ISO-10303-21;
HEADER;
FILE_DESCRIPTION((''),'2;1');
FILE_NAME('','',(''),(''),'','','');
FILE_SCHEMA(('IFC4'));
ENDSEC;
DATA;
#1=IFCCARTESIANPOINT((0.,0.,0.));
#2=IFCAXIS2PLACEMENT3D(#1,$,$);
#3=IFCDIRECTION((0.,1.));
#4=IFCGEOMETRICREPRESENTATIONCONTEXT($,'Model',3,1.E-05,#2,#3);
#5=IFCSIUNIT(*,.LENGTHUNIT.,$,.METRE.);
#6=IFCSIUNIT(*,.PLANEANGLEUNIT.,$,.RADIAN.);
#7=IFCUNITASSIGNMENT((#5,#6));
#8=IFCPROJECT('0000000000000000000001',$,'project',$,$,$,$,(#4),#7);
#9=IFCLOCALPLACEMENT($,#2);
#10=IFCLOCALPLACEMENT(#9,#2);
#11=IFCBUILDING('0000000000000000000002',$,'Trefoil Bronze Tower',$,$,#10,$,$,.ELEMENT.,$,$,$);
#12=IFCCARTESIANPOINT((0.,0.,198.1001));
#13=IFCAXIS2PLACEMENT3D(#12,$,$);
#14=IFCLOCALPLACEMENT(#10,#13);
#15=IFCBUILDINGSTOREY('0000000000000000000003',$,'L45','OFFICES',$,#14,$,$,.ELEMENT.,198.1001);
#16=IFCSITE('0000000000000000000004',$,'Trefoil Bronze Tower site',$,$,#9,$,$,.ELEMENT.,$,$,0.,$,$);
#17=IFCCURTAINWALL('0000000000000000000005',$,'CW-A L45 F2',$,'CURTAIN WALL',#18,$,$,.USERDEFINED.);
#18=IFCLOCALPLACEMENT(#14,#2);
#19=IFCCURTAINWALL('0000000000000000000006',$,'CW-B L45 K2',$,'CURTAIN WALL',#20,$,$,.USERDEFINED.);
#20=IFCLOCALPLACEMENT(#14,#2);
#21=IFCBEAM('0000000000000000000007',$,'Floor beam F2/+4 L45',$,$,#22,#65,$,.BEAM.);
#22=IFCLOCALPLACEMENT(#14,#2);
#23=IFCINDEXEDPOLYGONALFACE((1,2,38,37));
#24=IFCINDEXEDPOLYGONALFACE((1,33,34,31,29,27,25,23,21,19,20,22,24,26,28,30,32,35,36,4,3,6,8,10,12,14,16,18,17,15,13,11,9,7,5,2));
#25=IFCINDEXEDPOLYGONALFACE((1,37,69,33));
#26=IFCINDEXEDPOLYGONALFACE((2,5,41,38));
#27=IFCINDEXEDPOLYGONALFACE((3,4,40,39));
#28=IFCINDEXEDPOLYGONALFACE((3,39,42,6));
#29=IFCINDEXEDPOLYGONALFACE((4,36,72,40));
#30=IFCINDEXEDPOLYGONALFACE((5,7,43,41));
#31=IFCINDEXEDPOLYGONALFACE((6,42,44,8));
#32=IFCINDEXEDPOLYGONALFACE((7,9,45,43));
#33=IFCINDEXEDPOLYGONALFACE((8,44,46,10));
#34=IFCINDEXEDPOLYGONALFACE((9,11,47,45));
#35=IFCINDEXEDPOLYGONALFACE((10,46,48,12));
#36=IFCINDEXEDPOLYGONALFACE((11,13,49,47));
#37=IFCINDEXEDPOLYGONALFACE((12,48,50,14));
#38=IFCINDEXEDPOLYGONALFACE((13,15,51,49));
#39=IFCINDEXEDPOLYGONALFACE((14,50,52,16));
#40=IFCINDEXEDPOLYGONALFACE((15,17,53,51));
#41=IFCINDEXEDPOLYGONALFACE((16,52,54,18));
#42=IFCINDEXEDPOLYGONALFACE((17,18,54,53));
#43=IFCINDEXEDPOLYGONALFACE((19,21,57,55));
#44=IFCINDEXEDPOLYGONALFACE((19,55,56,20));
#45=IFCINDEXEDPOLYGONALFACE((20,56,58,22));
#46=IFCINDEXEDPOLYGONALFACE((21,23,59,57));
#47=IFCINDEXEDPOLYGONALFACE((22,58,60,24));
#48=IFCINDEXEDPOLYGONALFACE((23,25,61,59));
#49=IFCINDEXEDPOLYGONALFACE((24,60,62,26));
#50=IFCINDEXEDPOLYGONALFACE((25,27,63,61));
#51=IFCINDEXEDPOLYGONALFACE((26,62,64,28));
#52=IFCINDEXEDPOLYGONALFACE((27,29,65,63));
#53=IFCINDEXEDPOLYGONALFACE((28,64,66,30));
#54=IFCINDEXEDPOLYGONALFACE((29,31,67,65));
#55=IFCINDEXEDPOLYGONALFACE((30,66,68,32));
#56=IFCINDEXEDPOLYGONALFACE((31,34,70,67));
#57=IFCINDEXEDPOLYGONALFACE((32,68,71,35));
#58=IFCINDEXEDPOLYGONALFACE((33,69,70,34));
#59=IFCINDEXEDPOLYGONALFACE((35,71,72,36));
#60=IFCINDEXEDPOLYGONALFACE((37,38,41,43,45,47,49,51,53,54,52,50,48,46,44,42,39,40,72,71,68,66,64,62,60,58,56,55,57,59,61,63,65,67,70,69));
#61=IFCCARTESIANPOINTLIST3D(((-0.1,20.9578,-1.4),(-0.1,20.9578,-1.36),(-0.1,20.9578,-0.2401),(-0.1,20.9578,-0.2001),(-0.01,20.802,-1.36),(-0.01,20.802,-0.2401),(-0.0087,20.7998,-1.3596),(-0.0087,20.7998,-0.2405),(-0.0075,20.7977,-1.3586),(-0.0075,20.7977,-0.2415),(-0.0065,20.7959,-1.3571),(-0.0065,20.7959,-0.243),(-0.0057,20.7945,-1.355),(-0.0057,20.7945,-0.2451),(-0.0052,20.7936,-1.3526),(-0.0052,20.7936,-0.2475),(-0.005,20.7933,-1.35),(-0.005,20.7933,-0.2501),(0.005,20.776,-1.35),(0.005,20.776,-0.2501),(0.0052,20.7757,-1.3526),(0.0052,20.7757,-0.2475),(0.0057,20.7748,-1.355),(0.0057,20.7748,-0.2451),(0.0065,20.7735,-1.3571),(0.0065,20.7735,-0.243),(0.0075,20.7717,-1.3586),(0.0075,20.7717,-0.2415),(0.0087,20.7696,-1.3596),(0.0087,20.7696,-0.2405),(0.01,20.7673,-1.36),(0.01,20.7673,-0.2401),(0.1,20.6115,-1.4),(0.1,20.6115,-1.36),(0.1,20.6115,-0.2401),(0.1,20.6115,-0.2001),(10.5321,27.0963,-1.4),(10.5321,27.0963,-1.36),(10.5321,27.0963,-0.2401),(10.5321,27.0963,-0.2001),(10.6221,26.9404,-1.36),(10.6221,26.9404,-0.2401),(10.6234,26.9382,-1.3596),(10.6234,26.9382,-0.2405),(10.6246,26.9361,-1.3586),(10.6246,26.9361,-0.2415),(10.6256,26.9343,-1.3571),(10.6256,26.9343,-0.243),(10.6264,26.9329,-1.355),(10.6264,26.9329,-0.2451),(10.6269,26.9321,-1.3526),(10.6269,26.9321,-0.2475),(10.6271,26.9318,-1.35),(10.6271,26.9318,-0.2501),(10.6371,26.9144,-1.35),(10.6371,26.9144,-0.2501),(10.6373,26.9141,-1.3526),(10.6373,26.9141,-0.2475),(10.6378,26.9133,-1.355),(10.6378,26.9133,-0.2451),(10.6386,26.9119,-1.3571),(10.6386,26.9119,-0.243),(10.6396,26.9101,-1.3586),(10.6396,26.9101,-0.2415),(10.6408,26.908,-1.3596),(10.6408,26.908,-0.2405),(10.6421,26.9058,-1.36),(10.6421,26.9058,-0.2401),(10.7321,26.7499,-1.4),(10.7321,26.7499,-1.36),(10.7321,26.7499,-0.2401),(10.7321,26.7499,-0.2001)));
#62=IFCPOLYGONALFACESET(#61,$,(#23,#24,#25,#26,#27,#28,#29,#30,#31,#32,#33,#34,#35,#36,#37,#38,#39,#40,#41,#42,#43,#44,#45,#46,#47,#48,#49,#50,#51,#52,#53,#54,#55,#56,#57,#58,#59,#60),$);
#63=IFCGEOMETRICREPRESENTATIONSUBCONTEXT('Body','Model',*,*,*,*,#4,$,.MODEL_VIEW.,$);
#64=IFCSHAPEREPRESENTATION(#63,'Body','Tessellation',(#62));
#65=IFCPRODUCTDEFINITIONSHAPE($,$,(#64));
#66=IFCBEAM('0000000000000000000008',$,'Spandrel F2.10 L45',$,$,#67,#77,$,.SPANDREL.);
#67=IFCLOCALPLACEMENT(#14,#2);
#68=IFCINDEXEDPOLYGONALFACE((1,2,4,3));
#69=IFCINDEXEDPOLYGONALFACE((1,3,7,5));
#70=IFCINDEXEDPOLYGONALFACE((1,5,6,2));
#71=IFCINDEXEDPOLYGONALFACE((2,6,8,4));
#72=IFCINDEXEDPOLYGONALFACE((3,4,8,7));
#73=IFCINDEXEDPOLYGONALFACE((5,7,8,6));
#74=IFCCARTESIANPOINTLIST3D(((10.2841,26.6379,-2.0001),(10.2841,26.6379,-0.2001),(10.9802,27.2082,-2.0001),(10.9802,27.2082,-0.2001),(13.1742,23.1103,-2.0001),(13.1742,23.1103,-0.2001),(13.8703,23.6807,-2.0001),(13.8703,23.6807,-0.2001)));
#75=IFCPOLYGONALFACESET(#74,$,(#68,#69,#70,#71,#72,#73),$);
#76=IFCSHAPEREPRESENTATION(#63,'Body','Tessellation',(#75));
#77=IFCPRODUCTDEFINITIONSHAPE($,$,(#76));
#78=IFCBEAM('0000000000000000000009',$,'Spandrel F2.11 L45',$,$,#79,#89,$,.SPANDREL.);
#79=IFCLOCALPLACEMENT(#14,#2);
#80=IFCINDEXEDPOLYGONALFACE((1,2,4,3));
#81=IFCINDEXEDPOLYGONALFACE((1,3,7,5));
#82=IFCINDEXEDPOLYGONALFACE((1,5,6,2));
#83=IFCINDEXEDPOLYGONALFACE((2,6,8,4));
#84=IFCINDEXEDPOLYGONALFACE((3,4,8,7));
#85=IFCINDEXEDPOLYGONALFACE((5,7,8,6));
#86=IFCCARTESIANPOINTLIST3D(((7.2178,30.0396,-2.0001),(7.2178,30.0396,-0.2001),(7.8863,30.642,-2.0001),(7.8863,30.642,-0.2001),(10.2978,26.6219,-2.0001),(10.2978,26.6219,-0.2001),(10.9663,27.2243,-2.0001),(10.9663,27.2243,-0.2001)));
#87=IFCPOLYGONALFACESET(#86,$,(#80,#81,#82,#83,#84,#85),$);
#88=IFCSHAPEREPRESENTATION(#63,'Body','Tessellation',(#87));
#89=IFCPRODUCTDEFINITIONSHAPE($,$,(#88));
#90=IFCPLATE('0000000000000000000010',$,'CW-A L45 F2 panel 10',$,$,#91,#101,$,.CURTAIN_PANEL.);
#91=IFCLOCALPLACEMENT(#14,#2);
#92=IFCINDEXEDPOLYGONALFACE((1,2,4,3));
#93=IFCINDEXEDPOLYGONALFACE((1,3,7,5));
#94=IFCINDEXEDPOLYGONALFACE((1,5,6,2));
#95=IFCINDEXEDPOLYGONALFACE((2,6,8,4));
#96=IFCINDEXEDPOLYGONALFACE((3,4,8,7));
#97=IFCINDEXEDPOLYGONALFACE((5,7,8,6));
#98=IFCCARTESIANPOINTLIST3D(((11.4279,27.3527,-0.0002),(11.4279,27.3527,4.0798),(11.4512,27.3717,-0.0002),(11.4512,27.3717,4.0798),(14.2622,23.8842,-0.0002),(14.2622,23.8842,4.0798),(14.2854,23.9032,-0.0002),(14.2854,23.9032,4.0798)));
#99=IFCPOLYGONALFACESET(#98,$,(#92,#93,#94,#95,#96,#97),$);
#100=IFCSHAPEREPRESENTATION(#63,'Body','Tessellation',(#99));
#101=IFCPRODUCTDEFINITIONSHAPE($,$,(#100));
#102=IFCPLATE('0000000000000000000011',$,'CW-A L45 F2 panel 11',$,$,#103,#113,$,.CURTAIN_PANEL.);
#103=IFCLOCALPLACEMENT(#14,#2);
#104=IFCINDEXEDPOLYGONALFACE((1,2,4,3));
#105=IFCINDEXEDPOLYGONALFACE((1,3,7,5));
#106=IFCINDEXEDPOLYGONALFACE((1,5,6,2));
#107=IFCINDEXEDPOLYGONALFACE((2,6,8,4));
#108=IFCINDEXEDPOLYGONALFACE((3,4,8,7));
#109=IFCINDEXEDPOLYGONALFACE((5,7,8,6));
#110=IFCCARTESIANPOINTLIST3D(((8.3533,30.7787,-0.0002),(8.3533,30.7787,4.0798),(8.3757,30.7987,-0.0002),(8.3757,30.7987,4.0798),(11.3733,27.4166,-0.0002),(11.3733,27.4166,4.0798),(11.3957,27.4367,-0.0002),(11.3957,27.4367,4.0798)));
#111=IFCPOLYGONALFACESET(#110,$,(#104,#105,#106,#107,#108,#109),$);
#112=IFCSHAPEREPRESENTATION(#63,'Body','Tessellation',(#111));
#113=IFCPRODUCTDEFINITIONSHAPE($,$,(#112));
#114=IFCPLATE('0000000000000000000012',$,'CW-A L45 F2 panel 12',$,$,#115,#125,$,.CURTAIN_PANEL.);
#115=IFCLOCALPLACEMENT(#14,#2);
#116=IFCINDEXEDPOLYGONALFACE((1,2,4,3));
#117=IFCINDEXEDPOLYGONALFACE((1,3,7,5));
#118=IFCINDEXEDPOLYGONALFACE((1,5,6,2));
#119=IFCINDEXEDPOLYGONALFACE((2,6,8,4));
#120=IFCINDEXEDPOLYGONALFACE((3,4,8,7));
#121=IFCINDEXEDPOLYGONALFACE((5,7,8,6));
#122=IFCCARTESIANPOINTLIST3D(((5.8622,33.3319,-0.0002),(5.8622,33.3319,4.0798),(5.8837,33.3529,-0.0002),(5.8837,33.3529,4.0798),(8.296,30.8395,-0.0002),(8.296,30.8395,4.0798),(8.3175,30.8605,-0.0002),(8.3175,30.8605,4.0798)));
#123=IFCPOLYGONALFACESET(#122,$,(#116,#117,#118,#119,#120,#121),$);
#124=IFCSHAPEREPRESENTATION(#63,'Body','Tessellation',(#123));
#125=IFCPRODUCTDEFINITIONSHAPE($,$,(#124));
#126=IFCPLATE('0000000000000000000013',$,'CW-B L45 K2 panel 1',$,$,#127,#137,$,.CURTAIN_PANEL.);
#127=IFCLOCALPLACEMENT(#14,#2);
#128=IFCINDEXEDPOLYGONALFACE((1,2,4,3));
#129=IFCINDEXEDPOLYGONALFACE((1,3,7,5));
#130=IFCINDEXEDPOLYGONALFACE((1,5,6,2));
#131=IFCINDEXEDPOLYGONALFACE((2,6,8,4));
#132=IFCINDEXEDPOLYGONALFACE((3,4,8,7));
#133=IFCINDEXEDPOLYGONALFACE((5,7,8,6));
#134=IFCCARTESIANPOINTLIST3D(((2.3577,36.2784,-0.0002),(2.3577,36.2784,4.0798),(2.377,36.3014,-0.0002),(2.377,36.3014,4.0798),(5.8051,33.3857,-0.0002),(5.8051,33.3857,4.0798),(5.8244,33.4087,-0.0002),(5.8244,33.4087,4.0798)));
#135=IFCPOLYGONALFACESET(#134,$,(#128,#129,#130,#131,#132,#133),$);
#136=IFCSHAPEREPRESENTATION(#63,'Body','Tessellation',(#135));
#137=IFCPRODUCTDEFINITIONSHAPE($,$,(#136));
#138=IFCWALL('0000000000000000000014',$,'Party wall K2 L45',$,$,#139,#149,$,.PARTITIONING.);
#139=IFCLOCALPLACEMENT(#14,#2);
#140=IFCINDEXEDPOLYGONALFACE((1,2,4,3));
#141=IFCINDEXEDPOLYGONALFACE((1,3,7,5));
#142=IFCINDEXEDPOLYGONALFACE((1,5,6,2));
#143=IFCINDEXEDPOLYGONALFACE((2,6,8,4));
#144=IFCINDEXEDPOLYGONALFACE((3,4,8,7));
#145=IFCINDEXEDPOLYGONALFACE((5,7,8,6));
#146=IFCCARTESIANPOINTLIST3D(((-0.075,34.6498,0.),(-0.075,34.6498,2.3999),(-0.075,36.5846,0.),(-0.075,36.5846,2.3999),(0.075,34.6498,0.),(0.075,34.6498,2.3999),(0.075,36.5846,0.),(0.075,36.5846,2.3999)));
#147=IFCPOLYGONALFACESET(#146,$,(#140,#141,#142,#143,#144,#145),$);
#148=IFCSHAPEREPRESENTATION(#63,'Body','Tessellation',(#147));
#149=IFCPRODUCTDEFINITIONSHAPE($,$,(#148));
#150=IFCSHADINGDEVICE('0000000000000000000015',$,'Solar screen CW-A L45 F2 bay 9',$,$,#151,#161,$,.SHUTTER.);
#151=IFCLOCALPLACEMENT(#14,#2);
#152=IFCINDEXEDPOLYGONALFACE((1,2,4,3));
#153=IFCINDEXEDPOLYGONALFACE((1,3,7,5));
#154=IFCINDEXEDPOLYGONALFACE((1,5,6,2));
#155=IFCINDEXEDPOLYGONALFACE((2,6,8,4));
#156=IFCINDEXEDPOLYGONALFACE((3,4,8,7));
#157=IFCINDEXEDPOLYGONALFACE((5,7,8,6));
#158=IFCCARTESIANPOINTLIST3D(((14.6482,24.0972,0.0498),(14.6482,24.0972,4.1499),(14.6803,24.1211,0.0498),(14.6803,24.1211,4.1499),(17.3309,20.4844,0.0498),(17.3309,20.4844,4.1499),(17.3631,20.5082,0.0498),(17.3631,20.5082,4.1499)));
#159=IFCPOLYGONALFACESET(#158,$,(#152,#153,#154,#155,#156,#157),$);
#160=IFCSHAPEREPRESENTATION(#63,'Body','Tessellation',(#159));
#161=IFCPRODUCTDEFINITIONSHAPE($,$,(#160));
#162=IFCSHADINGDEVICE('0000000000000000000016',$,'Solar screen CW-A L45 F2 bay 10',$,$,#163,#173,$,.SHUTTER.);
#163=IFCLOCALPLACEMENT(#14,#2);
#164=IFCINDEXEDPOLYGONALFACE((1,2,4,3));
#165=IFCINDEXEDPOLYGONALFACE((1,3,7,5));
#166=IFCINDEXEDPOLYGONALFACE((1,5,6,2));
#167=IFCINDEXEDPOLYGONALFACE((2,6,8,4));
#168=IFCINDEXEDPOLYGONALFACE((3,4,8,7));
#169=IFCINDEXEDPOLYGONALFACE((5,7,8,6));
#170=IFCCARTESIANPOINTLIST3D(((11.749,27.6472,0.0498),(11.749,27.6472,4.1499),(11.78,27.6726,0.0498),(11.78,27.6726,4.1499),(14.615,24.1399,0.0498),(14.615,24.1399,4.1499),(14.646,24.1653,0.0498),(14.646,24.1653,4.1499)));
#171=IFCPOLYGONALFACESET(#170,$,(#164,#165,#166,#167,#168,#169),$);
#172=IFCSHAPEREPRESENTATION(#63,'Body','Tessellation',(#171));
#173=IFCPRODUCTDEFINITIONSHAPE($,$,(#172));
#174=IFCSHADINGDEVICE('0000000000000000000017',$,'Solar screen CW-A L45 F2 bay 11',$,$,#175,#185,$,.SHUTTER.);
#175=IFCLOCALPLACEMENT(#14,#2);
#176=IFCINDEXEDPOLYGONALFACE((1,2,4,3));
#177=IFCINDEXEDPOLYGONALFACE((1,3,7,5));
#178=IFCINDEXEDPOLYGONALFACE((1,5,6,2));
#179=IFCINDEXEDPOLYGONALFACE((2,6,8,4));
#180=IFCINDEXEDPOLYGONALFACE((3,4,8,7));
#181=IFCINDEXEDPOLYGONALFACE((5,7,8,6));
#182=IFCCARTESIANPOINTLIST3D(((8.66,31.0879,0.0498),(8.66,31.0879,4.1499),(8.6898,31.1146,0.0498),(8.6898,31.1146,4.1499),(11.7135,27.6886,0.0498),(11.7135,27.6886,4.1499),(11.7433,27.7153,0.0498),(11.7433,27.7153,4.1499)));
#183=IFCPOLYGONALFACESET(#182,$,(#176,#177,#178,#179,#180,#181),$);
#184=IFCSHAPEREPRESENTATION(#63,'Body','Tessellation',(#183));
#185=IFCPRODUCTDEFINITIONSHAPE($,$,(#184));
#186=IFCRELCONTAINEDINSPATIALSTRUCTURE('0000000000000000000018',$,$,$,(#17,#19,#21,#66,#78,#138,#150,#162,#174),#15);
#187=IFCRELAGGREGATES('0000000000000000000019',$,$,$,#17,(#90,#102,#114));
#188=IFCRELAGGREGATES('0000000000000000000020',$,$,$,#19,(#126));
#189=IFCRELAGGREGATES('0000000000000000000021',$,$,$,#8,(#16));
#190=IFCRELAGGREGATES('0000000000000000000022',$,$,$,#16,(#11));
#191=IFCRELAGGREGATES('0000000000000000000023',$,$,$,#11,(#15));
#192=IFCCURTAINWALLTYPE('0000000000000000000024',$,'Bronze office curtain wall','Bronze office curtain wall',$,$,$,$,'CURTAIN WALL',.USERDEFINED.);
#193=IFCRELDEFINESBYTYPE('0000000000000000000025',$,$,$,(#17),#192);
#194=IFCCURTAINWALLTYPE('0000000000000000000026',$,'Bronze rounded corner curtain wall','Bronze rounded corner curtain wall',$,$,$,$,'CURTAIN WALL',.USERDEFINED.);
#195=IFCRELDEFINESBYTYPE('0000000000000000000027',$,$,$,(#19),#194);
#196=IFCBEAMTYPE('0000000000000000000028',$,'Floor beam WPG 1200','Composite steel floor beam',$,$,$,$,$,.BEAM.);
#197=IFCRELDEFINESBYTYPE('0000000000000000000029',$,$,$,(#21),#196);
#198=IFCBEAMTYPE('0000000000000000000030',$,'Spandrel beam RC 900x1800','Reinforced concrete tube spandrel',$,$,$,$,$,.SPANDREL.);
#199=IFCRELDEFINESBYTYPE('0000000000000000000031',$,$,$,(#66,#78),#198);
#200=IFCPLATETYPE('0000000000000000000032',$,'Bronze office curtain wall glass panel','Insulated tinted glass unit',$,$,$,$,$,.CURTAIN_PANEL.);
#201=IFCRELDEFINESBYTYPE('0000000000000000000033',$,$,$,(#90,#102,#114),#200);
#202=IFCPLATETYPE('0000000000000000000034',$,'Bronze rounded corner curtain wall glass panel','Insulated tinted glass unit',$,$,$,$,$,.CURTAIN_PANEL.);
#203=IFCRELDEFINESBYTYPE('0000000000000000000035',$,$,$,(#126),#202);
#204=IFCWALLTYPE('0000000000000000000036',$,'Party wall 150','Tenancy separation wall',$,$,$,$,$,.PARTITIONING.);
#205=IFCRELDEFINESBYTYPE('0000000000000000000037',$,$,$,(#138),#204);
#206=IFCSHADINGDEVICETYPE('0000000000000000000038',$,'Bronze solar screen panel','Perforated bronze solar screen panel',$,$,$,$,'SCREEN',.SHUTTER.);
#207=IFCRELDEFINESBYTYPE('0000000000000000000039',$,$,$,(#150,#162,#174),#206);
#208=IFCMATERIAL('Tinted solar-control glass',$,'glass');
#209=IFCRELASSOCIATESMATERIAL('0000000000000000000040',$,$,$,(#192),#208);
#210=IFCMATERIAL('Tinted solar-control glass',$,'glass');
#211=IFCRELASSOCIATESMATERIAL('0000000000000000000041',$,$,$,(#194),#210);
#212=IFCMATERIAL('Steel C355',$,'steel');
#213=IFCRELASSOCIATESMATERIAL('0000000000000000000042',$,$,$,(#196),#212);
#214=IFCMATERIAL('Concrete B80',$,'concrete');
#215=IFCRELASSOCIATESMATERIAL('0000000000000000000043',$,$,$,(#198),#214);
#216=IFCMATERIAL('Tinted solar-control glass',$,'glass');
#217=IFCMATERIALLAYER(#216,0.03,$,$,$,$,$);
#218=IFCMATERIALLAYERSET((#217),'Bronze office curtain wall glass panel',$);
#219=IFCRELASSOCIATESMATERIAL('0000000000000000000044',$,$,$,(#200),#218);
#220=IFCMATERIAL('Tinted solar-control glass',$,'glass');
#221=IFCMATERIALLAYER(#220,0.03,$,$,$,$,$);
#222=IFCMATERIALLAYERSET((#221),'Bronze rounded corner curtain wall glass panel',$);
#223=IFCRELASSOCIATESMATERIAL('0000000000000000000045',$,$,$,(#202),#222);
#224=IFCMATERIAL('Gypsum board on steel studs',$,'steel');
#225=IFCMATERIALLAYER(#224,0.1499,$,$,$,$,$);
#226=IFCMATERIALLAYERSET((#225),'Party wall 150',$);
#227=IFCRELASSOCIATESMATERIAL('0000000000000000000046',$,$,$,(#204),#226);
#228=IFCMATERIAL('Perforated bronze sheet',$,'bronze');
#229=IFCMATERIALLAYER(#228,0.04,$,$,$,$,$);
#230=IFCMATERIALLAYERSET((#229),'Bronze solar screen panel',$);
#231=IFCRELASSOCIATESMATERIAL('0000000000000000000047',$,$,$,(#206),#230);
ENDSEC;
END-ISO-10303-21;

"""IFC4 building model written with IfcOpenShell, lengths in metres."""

from ifc_helpers import new_model, si_unit, direction, frame, frame_2d, origin, origin_2d, place, context, subcontext, project, spatial, rectangle, i_section, extrude, material, layer, layer_set, material_profile, profile_set, type_object, element, aggregate, save


model = new_model("IFC4")

# Units and contexts
model_context = context("Model", 3, precision=1e-05, world=origin(), true_north=direction((0.0, 1.0)))
body_context = subcontext(model_context, "Body", "Model", "MODEL_VIEW")
ifc_project = project(units=[si_unit("LENGTHUNIT", "METRE"), si_unit("PLANEANGLEUNIT", "RADIAN")], contexts=[model_context])

# Site, building, storey
site_placement = place(None, origin())
site = spatial("IfcSite", under=ifc_project, at=site_placement, Name="Trefoil Bronze Tower site", CompositionType="ELEMENT", RefElevation=0.0)
building_placement = place(site_placement, origin())
building = spatial("IfcBuilding", under=site, at=building_placement, Name="Trefoil Bronze Tower", CompositionType="ELEMENT")
storey_placement = place(building_placement, frame((0.0, 0.0, 198.1001)))
storey = spatial("IfcBuildingStorey", under=building, at=storey_placement, Name="L45", Description="OFFICES", CompositionType="ELEMENT", Elevation=198.1001)

# Curtain walls
ifc_material_1 = material(Name="Tinted solar-control glass", Category="glass")
curtain_wall_type_1 = type_object("IfcCurtainWallType", Name="Bronze office curtain wall", Description="Bronze office curtain wall", ElementType="CURTAIN WALL", PredefinedType="USERDEFINED", material=ifc_material_1)
curtain_wall_1_placement = place(storey_placement, origin())
curtain_wall_1 = element("IfcCurtainWall", 1, at=curtain_wall_1_placement, inside=storey, type_object=curtain_wall_type_1, Name="CW-A L45 F2", ObjectType="CURTAIN WALL", PredefinedType="USERDEFINED")
ifc_material_2 = material(Name="Tinted solar-control glass", Category="glass")
curtain_wall_type_2 = type_object("IfcCurtainWallType", Name="Bronze rounded corner curtain wall", Description="Bronze rounded corner curtain wall", ElementType="CURTAIN WALL", PredefinedType="USERDEFINED", material=ifc_material_2)
curtain_wall_2_placement = place(storey_placement, origin())
curtain_wall_2 = element("IfcCurtainWall", 2, at=curtain_wall_2_placement, inside=storey, type_object=curtain_wall_type_2, Name="CW-B L45 K2", ObjectType="CURTAIN WALL", PredefinedType="USERDEFINED")

# Beams
ifc_material_3 = material(Name="Steel C355", Category="steel")
ifc_material_profile_1 = material_profile(ifc_material_3, i_section(OverallWidth=0.3999, OverallDepth=1.2, WebThickness=0.02, FlangeThickness=0.04, FilletRadius=0.01, at=origin_2d()), Name="WPG 1200")
ifc_profile_set_1 = profile_set([ifc_material_profile_1], Name="Steel C355")
beam_type_1 = type_object("IfcBeamType", Name="Floor beam WPG 1200", Description="Composite steel floor beam", PredefinedType="BEAM", material=ifc_profile_set_1)
beam_1_placement = place(storey_placement, frame((10.6321, 26.9231, -0.8), z_axis=(-0.866026, -0.5, 0.0), x_axis=(0.5, -0.866026, 0.0)))
element("IfcBeam", 3, at=beam_1_placement, inside=storey, type_object=beam_type_1, Name="Floor beam F2/+4 L45", PredefinedType="BEAM", context=body_context, shape_type="SweptSolid", body=[
    extrude(i_section(OverallWidth=0.3999, OverallDepth=1.2, WebThickness=0.02, FlangeThickness=0.04, FilletRadius=0.01, at=origin_2d()), origin(), (0.0, 0.0, 1.0), 12.2769),
])
ifc_material_4 = material(Name="Concrete B80", Category="concrete")
ifc_material_profile_2 = material_profile(ifc_material_4, rectangle(XDim=0.8999, YDim=1.8, at=origin_2d()), Name="RC 900x1800")
ifc_profile_set_2 = profile_set([ifc_material_profile_2], Name="Concrete B80")
beam_type_2 = type_object("IfcBeamType", Name="Spandrel beam RC 900x1800", Description="Reinforced concrete tube spandrel", PredefinedType="SPANDREL", material=ifc_profile_set_2)
beam_2_placement = place(storey_placement, frame((13.5222, 23.3955, -1.1001), z_axis=(-0.633754, 0.773535, 0.0), x_axis=(-0.773535, -0.633754, 0.0)))
element("IfcBeam", 4, at=beam_2_placement, inside=storey, type_object=beam_type_2, Name="Spandrel F2.10 L45", PredefinedType="SPANDREL", context=body_context, shape_type="SweptSolid", body=[
    extrude(rectangle(XDim=0.8999, YDim=1.8, at=origin_2d()), origin(), (0.0, 0.0, 1.0), 4.5603),
])
beam_3_placement = place(storey_placement, frame((10.6321, 26.9231, -1.1001), z_axis=(-0.66946, 0.742848, 0.0), x_axis=(-0.742848, -0.66946, 0.0)))
element("IfcBeam", 5, at=beam_3_placement, inside=storey, type_object=beam_type_2, Name="Spandrel F2.11 L45", PredefinedType="SPANDREL", context=body_context, shape_type="SweptSolid", body=[
    extrude(rectangle(XDim=0.8999, YDim=1.8, at=origin_2d()), origin(), (0.0, 0.0, 1.0), 4.6008),
])

# Plates
ifc_material_5 = material(Name="Tinted solar-control glass", Category="glass")
ifc_layer_1 = layer(ifc_material_5, 0.03)
ifc_layer_set_1 = layer_set([ifc_layer_1], Name="Bronze office curtain wall glass panel")
plate_type_1 = type_object("IfcPlateType", Name="Bronze office curtain wall glass panel", Description="Insulated tinted glass unit", PredefinedType="CURTAIN_PANEL", material=ifc_layer_set_1)
plate_1_placement = place(storey_placement, frame((12.8567, 25.6279, -0.0002), z_axis=(0.0, 0.0, 1.0), x_axis=(-0.632753, 0.774354, 0.0)))
plate_1 = element("IfcPlate", 6, at=plate_1_placement, type_object=plate_type_1, Name="CW-A L45 F2 panel 10", PredefinedType="CURTAIN_PANEL", context=body_context, shape_type="SweptSolid", body=[
    extrude(rectangle(XDim=4.4792, YDim=0.03, at=origin_2d()), origin(), (0.0, 0.0, 1.0), 4.0801),
])
plate_2_placement = place(storey_placement, frame((9.8745, 29.1077, -0.0002), z_axis=(0.0, 0.0, 1.0), x_axis=(-0.668246, 0.743941, 0.0)))
plate_2 = element("IfcPlate", 7, at=plate_2_placement, type_object=plate_type_1, Name="CW-A L45 F2 panel 11", PredefinedType="CURTAIN_PANEL", context=body_context, shape_type="SweptSolid", body=[
    extrude(rectangle(XDim=4.5193, YDim=0.03, at=origin_2d()), origin(), (0.0, 0.0, 1.0), 4.0801),
])
plate_3_placement = place(storey_placement, frame((7.0898, 32.0962, -0.0002), z_axis=(0.0, 0.0, 1.0), x_axis=(-0.698652, 0.715462, 0.0)))
plate_3 = element("IfcPlate", 8, at=plate_3_placement, type_object=plate_type_1, Name="CW-A L45 F2 panel 12", PredefinedType="CURTAIN_PANEL", context=body_context, shape_type="SweptSolid", body=[
    extrude(rectangle(XDim=3.4836, YDim=0.03, at=origin_2d()), origin(), (0.0, 0.0, 1.0), 4.0801),
])
aggregate(curtain_wall_1, [plate_1, plate_2, plate_3])
ifc_material_6 = material(Name="Tinted solar-control glass", Category="glass")
ifc_layer_2 = layer(ifc_material_6, 0.03)
ifc_layer_set_2 = layer_set([ifc_layer_2], Name="Bronze rounded corner curtain wall glass panel")
plate_type_2 = type_object("IfcPlateType", Name="Bronze rounded corner curtain wall glass panel", Description="Insulated tinted glass unit", PredefinedType="CURTAIN_PANEL", material=ifc_layer_set_2)
plate_4_placement = place(storey_placement, frame((4.0911, 34.8435, -0.0002), z_axis=(0.0, 0.0, 1.0), x_axis=(-0.766044, 0.642788, 0.0)))
plate_4 = element("IfcPlate", 9, at=plate_4_placement, type_object=plate_type_2, Name="CW-B L45 K2 panel 1", PredefinedType="CURTAIN_PANEL", context=body_context, shape_type="SweptSolid", body=[
    extrude(rectangle(XDim=4.5002, YDim=0.03, at=origin_2d()), origin(), (0.0, 0.0, 1.0), 4.0801),
])
aggregate(curtain_wall_2, [plate_4])

# Wall
ifc_material_7 = material(Name="Gypsum board on steel studs", Category="steel")
ifc_layer_3 = layer(ifc_material_7, 0.1499)
ifc_layer_set_3 = layer_set([ifc_layer_3], Name="Party wall 150")
wall_type = type_object("IfcWallType", Name="Party wall 150", Description="Tenancy separation wall", PredefinedType="PARTITIONING", material=ifc_layer_set_3)
wall_placement = place(storey_placement, frame((0.0, 34.6499, 0.0), z_axis=(0.0, 0.0, 1.0), x_axis=(0.0, 1.0, 0.0)))
element("IfcWall", 10, at=wall_placement, inside=storey, type_object=wall_type, Name="Party wall K2 L45", PredefinedType="PARTITIONING", context=body_context, shape_type="SweptSolid", body=[
    extrude(rectangle(XDim=1.9348, YDim=0.1499, at=frame_2d((0.9673, 0.0))), origin(), (0.0, 0.0, 1.0), 2.3999),
])

# Shading devices
ifc_material_8 = material(Name="Perforated bronze sheet", Category="bronze")
ifc_layer_4 = layer(ifc_material_8, 0.04)
ifc_layer_set_4 = layer_set([ifc_layer_4], Name="Bronze solar screen panel")
shading_device_type = type_object("IfcShadingDeviceType", Name="Bronze solar screen panel", Description="Perforated bronze solar screen panel", ElementType="SCREEN", PredefinedType="SHUTTER", material=ifc_layer_set_4)
shading_device_1_placement = place(storey_placement, frame((16.0056, 22.3027, 0.0498), z_axis=(0.0, 0.0, 1.0), x_axis=(-0.596162, 0.802865, 0.0)))
element("IfcShadingDevice", 11, at=shading_device_1_placement, inside=storey, type_object=shading_device_type, Name="Solar screen CW-A L45 F2 bay 9", PredefinedType="SHUTTER", context=body_context, shape_type="SweptSolid", body=[
    extrude(rectangle(XDim=4.5, YDim=0.04, at=origin_2d()), origin(), (0.0, 0.0, 1.0), 4.1001),
])
shading_device_2_placement = place(storey_placement, frame((13.1975, 25.9062, 0.0498), z_axis=(0.0, 0.0, 1.0), x_axis=(-0.632753, 0.774354, 0.0)))
element("IfcShadingDevice", 12, at=shading_device_2_placement, inside=storey, type_object=shading_device_type, Name="Solar screen CW-A L45 F2 bay 10", PredefinedType="SHUTTER", context=body_context, shape_type="SweptSolid", body=[
    extrude(rectangle(XDim=4.5293, YDim=0.04, at=origin_2d()), origin(), (0.0, 0.0, 1.0), 4.1001),
])
shading_device_3_placement = place(storey_placement, frame((10.2017, 29.4016, 0.0498), z_axis=(0.0, 0.0, 1.0), x_axis=(-0.668246, 0.743941, 0.0)))
element("IfcShadingDevice", 13, at=shading_device_3_placement, inside=storey, type_object=shading_device_type, Name="Solar screen CW-A L45 F2 bay 11", PredefinedType="SHUTTER", context=body_context, shape_type="SweptSolid", body=[
    extrude(rectangle(XDim=4.5693, YDim=0.04, at=origin_2d()), origin(), (0.0, 0.0, 1.0), 4.1001),
])

save(model, "model.ifc")
